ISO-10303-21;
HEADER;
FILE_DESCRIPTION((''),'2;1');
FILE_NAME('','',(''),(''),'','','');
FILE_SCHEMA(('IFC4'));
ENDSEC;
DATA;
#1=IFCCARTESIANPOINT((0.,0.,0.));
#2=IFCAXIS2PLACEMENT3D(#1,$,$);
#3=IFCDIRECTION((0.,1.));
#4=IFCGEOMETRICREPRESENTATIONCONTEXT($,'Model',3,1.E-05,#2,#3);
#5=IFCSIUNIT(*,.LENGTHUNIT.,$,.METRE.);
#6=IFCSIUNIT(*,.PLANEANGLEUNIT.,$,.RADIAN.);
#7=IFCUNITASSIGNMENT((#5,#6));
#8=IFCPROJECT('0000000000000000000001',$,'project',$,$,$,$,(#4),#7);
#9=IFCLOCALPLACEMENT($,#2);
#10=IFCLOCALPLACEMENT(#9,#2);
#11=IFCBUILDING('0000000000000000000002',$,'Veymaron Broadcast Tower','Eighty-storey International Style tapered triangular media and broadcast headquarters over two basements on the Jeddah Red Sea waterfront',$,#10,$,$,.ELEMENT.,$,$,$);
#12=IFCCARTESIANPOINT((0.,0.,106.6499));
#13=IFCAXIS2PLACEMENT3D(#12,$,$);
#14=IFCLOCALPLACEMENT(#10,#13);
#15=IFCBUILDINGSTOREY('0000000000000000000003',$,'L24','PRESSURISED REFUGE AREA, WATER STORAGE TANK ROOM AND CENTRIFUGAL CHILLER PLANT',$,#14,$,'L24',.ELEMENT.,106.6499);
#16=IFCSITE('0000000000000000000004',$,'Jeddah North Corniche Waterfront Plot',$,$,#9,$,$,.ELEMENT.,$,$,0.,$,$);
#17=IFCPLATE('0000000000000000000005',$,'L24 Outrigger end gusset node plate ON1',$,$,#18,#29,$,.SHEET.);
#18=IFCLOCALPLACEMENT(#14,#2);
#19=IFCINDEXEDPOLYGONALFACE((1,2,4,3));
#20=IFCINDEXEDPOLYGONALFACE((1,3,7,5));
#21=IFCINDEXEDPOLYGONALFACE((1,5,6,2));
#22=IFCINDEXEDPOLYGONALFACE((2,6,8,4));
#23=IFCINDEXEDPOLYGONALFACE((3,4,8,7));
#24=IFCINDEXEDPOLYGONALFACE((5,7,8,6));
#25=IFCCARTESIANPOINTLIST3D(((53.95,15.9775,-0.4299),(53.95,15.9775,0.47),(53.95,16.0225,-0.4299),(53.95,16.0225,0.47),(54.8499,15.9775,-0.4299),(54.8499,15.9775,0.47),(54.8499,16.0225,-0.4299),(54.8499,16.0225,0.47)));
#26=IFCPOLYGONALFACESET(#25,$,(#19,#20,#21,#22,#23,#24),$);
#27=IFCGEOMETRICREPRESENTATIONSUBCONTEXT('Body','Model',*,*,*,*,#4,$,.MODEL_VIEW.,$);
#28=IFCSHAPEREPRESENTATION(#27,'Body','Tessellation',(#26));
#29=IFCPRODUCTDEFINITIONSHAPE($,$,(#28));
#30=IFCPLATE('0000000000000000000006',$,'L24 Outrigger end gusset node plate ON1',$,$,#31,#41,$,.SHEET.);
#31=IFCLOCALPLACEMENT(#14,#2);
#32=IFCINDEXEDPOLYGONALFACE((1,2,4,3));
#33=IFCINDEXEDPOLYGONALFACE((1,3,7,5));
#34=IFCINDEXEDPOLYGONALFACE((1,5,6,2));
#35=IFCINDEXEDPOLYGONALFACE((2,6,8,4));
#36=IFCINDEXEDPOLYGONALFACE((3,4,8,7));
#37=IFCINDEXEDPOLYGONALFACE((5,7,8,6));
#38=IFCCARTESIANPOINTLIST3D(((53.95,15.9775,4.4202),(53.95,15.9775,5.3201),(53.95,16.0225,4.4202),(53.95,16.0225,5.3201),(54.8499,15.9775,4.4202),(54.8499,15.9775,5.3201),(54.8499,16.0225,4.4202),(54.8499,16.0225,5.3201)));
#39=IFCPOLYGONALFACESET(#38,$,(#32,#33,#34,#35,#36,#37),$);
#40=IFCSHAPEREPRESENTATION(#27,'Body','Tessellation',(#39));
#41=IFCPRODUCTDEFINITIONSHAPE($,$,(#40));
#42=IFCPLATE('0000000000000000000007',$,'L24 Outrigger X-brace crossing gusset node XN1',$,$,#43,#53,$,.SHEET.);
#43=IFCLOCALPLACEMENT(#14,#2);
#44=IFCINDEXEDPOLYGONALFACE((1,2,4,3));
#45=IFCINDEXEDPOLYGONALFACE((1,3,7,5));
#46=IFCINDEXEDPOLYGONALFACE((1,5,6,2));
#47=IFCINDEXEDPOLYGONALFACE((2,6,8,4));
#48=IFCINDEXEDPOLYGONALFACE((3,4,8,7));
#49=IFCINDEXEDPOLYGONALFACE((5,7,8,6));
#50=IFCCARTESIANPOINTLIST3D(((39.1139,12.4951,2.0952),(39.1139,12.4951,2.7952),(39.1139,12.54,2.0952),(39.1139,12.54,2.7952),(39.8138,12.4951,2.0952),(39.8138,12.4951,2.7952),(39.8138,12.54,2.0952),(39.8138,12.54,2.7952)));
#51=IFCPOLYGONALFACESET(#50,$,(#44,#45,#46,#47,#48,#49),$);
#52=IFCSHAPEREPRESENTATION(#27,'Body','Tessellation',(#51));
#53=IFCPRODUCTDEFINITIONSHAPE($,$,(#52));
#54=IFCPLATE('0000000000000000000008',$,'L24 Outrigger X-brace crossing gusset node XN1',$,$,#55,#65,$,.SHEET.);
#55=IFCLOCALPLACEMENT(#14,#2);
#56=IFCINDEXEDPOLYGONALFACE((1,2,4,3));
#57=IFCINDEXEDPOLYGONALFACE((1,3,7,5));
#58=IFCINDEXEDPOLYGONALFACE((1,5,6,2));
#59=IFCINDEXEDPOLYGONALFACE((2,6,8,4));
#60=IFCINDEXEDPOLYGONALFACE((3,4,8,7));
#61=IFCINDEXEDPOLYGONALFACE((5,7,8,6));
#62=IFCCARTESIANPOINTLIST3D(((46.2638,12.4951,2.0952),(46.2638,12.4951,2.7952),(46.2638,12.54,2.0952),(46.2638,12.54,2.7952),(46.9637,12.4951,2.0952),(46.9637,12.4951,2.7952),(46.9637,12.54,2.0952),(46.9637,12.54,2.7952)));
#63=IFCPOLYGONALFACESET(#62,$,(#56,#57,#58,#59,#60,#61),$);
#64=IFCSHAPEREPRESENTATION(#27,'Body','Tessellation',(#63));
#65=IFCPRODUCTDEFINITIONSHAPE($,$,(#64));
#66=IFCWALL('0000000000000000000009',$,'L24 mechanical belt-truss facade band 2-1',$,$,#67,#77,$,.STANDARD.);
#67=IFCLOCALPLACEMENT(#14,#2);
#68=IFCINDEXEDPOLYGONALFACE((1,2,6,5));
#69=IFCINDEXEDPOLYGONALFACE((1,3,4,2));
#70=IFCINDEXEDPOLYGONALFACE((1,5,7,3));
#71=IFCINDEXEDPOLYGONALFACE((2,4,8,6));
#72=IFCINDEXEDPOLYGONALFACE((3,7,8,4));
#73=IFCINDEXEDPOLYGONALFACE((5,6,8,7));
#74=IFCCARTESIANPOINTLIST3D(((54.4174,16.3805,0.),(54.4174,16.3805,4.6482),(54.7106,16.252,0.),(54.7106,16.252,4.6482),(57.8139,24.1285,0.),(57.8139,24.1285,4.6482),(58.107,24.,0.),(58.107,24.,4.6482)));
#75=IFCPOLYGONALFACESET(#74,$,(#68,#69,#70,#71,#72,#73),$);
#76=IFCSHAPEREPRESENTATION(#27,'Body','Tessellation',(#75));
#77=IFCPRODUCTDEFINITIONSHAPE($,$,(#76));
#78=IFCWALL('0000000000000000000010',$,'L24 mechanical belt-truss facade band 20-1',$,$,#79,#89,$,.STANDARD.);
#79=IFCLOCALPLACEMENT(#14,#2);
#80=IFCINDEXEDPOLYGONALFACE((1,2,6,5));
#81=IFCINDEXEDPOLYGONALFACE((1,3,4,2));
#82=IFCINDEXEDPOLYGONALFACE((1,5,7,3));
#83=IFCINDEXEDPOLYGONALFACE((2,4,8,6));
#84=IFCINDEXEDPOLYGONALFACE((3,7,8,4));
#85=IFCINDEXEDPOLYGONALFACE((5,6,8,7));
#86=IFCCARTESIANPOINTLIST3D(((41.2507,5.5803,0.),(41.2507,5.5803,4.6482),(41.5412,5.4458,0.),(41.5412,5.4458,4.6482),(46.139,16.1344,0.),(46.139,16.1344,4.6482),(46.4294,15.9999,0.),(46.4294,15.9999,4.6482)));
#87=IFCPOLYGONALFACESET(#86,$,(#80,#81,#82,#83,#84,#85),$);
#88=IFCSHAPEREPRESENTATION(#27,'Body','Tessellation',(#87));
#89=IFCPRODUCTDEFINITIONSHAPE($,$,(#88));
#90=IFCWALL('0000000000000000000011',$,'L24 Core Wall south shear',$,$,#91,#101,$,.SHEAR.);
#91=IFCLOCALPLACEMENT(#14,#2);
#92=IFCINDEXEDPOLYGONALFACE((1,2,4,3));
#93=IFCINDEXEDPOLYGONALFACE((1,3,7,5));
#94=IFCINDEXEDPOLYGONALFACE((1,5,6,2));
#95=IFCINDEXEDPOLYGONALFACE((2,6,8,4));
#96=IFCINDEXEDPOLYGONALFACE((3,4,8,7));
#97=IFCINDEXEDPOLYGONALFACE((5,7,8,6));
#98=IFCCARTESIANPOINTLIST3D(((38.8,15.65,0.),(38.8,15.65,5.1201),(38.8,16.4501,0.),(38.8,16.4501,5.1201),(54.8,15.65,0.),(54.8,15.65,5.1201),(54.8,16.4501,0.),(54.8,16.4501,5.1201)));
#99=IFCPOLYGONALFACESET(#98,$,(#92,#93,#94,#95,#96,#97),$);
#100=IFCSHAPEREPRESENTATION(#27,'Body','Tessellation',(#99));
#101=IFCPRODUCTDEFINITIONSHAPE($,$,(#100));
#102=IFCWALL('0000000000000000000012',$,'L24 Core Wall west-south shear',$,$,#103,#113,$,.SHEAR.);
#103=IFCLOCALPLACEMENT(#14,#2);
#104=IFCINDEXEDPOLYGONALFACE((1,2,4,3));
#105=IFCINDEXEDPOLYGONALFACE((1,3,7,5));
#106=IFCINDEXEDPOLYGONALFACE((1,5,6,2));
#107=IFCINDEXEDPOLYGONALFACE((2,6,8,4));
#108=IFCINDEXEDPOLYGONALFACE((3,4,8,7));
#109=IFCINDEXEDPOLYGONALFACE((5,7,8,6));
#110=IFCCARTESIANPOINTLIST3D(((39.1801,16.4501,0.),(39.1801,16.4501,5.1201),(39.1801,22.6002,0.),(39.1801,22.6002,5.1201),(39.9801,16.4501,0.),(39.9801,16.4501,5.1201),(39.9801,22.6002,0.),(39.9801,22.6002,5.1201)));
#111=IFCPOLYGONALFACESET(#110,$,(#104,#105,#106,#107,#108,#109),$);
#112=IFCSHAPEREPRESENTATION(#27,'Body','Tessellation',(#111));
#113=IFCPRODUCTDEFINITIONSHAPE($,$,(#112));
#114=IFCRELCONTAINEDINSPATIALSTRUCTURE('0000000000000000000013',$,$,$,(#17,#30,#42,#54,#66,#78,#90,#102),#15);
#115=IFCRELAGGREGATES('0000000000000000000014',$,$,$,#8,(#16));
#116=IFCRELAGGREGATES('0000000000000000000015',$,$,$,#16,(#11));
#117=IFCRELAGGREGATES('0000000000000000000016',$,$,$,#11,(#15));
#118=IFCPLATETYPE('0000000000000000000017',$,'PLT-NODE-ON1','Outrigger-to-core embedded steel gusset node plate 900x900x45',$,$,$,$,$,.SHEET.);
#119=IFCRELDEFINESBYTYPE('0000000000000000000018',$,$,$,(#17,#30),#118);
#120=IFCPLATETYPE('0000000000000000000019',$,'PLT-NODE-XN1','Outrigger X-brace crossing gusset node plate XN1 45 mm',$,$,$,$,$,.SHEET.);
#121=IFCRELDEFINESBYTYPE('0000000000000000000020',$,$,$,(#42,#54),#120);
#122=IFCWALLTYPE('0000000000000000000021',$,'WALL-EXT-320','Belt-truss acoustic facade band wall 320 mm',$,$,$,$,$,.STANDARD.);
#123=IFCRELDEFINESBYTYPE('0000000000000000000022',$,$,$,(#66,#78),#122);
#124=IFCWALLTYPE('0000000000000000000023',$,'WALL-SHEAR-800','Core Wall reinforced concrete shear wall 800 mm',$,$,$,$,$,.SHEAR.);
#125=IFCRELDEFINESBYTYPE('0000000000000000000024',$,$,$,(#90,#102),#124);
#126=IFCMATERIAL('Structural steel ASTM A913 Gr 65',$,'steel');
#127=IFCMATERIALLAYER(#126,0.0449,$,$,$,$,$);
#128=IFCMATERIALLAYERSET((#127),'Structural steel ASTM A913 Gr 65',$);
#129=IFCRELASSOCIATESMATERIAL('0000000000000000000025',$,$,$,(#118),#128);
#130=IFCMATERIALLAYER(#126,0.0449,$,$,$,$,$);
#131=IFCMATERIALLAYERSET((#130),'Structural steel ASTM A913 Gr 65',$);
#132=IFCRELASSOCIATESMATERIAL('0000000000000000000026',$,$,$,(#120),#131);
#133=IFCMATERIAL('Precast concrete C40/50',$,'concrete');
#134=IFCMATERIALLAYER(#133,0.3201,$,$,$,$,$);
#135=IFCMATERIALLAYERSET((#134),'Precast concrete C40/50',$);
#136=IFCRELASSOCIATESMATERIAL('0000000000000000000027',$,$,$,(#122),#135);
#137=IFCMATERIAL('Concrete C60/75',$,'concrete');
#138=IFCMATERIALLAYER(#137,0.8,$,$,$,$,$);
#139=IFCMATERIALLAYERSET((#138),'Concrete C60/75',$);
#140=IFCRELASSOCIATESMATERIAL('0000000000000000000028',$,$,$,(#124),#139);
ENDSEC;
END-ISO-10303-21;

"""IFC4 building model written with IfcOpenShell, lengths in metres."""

from ifc_helpers import new_model, si_unit, direction, frame, frame_2d, origin, origin_2d, place, context, subcontext, project, spatial, rectangle, extrude, material, layer, layer_set, type_object, element, save


model = new_model("IFC4")

# Units and contexts
model_context = context("Model", 3, precision=1e-05, world=origin(), true_north=direction((0.0, 1.0)))
body_context = subcontext(model_context, "Body", "Model", "MODEL_VIEW")
ifc_project = project(units=[si_unit("LENGTHUNIT", "METRE"), si_unit("PLANEANGLEUNIT", "RADIAN")], contexts=[model_context])

# Site, building, storey
site_placement = place(None, origin())
site = spatial("IfcSite", under=ifc_project, at=site_placement, Name="Jeddah North Corniche Waterfront Plot", CompositionType="ELEMENT", RefElevation=0.0)
building_placement = place(site_placement, origin())
building = spatial("IfcBuilding", under=site, at=building_placement, Name="Veymaron Broadcast Tower", Description="Eighty-storey International Style tapered triangular media and broadcast headquarters over two basements on the Jeddah Red Sea waterfront", CompositionType="ELEMENT")
storey_placement = place(building_placement, frame((0.0, 0.0, 106.6499)))
storey = spatial("IfcBuildingStorey", under=building, at=storey_placement, Name="L24", Description="PRESSURISED REFUGE AREA, WATER STORAGE TANK ROOM AND CENTRIFUGAL CHILLER PLANT", LongName="L24", CompositionType="ELEMENT", Elevation=106.6499)

# Shared definitions
ifc_material_1 = material(Name="Structural steel ASTM A913 Gr 65", Category="steel")

# Plates
ifc_layer_1 = layer(ifc_material_1, 0.0449)
ifc_layer_set_1 = layer_set([ifc_layer_1], Name="Structural steel ASTM A913 Gr 65")
plate_type_1 = type_object("IfcPlateType", Name="PLT-NODE-ON1", Description="Outrigger-to-core embedded steel gusset node plate 900x900x45", PredefinedType="SHEET", material=ifc_layer_set_1)
for number, where, z_axis, x_axis, name in (
    (1, (54.3999, 16.0, -0.4299), (0.0, 0.0, 1.0), (1.0, 0.0, 0.0), "L24 Outrigger end gusset node plate ON1"),
    (2, (54.3999, 16.0, 4.4202), (0.0, 0.0, 1.0), (1.0, 0.0, 0.0), "L24 Outrigger end gusset node plate ON1"),
):
    element("IfcPlate", number, at=place(storey_placement, frame(where, z_axis=z_axis, x_axis=x_axis)), inside=storey, type_object=plate_type_1, Name=name, PredefinedType="SHEET", context=body_context, shape_type="SweptSolid", body=[
        extrude(rectangle(XDim=0.8999, YDim=0.0449, at=origin_2d()), origin(), (0.0, 0.0, 1.0), 0.8999),
    ])
ifc_layer_2 = layer(ifc_material_1, 0.0449)
ifc_layer_set_2 = layer_set([ifc_layer_2], Name="Structural steel ASTM A913 Gr 65")
plate_type_2 = type_object("IfcPlateType", Name="PLT-NODE-XN1", Description="Outrigger X-brace crossing gusset node plate XN1 45 mm", PredefinedType="SHEET", material=ifc_layer_set_2)
for number, where, z_axis, x_axis, name in (
    (3, (39.4639, 12.5176, 2.0952), (0.0, 0.0, 1.0), (1.0, 0.0, 0.0), "L24 Outrigger X-brace crossing gusset node XN1"),
    (4, (46.6138, 12.5176, 2.0952), (0.0, 0.0, 1.0), (1.0, 0.0, 0.0), "L24 Outrigger X-brace crossing gusset node XN1"),
):
    element("IfcPlate", number, at=place(storey_placement, frame(where, z_axis=z_axis, x_axis=x_axis)), inside=storey, type_object=plate_type_2, Name=name, PredefinedType="SHEET", context=body_context, shape_type="SweptSolid", body=[
        extrude(rectangle(XDim=0.7, YDim=0.0449, at=origin_2d()), origin(), (0.0, 0.0, 1.0), 0.7),
    ])

# Walls
ifc_material_2 = material(Name="Precast concrete C40/50", Category="concrete")
ifc_layer_3 = layer(ifc_material_2, 0.3201)
ifc_layer_set_3 = layer_set([ifc_layer_3], Name="Precast concrete C40/50")
wall_type_1 = type_object("IfcWallType", Name="WALL-EXT-320", Description="Belt-truss acoustic facade band wall 320 mm", PredefinedType="STANDARD", material=ifc_layer_set_3)
wall_1_placement = place(storey_placement, frame((54.564, 16.3162, 0.0), z_axis=(0.0, 0.0, 1.0), x_axis=(0.401485, 0.915866, 0.0)))
element("IfcWall", 5, at=wall_1_placement, inside=storey, type_object=wall_type_1, Name="L24 mechanical belt-truss facade band 2-1", PredefinedType="STANDARD", context=body_context, shape_type="SweptSolid", body=[
    extrude(rectangle(XDim=8.4597, YDim=0.3201, at=frame_2d((4.23, 0.0))), origin(), (0.0, 0.0, 1.0), 4.6482),
])
wall_2_placement = place(storey_placement, frame((41.396, 5.5132, 0.0), z_axis=(0.0, 0.0, 1.0), x_axis=(0.420272, 0.907398, 0.0)))
element("IfcWall", 6, at=wall_2_placement, inside=storey, type_object=wall_type_1, Name="L24 mechanical belt-truss facade band 20-1", PredefinedType="STANDARD", context=body_context, shape_type="SweptSolid", body=[
    extrude(rectangle(XDim=11.6311, YDim=0.3201, at=frame_2d((5.8154, 0.0))), origin(), (0.0, 0.0, 1.0), 4.6482),
])
ifc_material_3 = material(Name="Concrete C60/75", Category="concrete")
ifc_layer_4 = layer(ifc_material_3, 0.8)
ifc_layer_set_4 = layer_set([ifc_layer_4], Name="Concrete C60/75")
wall_type_2 = type_object("IfcWallType", Name="WALL-SHEAR-800", Description="Core Wall reinforced concrete shear wall 800 mm", PredefinedType="SHEAR", material=ifc_layer_set_4)
wall_3_placement = place(storey_placement, frame((38.8, 16.05, 0.0), z_axis=(0.0, 0.0, 1.0), x_axis=(1.0, 0.0, 0.0)))
element("IfcWall", 7, at=wall_3_placement, inside=storey, type_object=wall_type_2, Name="L24 Core Wall south shear", PredefinedType="SHEAR", context=body_context, shape_type="SweptSolid", body=[
    extrude(rectangle(XDim=16.0, YDim=0.8, at=frame_2d((8.0, 0.0))), origin(), (0.0, 0.0, 1.0), 5.1201),
])
wall_4_placement = place(storey_placement, frame((39.5801, 16.45, 0.0), z_axis=(0.0, 0.0, 1.0), x_axis=(0.0, 1.0, 0.0)))
element("IfcWall", 8, at=wall_4_placement, inside=storey, type_object=wall_type_2, Name="L24 Core Wall west-south shear", PredefinedType="SHEAR", context=body_context, shape_type="SweptSolid", body=[
    extrude(rectangle(XDim=6.1501, YDim=0.8, at=frame_2d((3.0752, 0.0))), origin(), (0.0, 0.0, 1.0), 5.1201),
])

save(model, "model.ifc")
